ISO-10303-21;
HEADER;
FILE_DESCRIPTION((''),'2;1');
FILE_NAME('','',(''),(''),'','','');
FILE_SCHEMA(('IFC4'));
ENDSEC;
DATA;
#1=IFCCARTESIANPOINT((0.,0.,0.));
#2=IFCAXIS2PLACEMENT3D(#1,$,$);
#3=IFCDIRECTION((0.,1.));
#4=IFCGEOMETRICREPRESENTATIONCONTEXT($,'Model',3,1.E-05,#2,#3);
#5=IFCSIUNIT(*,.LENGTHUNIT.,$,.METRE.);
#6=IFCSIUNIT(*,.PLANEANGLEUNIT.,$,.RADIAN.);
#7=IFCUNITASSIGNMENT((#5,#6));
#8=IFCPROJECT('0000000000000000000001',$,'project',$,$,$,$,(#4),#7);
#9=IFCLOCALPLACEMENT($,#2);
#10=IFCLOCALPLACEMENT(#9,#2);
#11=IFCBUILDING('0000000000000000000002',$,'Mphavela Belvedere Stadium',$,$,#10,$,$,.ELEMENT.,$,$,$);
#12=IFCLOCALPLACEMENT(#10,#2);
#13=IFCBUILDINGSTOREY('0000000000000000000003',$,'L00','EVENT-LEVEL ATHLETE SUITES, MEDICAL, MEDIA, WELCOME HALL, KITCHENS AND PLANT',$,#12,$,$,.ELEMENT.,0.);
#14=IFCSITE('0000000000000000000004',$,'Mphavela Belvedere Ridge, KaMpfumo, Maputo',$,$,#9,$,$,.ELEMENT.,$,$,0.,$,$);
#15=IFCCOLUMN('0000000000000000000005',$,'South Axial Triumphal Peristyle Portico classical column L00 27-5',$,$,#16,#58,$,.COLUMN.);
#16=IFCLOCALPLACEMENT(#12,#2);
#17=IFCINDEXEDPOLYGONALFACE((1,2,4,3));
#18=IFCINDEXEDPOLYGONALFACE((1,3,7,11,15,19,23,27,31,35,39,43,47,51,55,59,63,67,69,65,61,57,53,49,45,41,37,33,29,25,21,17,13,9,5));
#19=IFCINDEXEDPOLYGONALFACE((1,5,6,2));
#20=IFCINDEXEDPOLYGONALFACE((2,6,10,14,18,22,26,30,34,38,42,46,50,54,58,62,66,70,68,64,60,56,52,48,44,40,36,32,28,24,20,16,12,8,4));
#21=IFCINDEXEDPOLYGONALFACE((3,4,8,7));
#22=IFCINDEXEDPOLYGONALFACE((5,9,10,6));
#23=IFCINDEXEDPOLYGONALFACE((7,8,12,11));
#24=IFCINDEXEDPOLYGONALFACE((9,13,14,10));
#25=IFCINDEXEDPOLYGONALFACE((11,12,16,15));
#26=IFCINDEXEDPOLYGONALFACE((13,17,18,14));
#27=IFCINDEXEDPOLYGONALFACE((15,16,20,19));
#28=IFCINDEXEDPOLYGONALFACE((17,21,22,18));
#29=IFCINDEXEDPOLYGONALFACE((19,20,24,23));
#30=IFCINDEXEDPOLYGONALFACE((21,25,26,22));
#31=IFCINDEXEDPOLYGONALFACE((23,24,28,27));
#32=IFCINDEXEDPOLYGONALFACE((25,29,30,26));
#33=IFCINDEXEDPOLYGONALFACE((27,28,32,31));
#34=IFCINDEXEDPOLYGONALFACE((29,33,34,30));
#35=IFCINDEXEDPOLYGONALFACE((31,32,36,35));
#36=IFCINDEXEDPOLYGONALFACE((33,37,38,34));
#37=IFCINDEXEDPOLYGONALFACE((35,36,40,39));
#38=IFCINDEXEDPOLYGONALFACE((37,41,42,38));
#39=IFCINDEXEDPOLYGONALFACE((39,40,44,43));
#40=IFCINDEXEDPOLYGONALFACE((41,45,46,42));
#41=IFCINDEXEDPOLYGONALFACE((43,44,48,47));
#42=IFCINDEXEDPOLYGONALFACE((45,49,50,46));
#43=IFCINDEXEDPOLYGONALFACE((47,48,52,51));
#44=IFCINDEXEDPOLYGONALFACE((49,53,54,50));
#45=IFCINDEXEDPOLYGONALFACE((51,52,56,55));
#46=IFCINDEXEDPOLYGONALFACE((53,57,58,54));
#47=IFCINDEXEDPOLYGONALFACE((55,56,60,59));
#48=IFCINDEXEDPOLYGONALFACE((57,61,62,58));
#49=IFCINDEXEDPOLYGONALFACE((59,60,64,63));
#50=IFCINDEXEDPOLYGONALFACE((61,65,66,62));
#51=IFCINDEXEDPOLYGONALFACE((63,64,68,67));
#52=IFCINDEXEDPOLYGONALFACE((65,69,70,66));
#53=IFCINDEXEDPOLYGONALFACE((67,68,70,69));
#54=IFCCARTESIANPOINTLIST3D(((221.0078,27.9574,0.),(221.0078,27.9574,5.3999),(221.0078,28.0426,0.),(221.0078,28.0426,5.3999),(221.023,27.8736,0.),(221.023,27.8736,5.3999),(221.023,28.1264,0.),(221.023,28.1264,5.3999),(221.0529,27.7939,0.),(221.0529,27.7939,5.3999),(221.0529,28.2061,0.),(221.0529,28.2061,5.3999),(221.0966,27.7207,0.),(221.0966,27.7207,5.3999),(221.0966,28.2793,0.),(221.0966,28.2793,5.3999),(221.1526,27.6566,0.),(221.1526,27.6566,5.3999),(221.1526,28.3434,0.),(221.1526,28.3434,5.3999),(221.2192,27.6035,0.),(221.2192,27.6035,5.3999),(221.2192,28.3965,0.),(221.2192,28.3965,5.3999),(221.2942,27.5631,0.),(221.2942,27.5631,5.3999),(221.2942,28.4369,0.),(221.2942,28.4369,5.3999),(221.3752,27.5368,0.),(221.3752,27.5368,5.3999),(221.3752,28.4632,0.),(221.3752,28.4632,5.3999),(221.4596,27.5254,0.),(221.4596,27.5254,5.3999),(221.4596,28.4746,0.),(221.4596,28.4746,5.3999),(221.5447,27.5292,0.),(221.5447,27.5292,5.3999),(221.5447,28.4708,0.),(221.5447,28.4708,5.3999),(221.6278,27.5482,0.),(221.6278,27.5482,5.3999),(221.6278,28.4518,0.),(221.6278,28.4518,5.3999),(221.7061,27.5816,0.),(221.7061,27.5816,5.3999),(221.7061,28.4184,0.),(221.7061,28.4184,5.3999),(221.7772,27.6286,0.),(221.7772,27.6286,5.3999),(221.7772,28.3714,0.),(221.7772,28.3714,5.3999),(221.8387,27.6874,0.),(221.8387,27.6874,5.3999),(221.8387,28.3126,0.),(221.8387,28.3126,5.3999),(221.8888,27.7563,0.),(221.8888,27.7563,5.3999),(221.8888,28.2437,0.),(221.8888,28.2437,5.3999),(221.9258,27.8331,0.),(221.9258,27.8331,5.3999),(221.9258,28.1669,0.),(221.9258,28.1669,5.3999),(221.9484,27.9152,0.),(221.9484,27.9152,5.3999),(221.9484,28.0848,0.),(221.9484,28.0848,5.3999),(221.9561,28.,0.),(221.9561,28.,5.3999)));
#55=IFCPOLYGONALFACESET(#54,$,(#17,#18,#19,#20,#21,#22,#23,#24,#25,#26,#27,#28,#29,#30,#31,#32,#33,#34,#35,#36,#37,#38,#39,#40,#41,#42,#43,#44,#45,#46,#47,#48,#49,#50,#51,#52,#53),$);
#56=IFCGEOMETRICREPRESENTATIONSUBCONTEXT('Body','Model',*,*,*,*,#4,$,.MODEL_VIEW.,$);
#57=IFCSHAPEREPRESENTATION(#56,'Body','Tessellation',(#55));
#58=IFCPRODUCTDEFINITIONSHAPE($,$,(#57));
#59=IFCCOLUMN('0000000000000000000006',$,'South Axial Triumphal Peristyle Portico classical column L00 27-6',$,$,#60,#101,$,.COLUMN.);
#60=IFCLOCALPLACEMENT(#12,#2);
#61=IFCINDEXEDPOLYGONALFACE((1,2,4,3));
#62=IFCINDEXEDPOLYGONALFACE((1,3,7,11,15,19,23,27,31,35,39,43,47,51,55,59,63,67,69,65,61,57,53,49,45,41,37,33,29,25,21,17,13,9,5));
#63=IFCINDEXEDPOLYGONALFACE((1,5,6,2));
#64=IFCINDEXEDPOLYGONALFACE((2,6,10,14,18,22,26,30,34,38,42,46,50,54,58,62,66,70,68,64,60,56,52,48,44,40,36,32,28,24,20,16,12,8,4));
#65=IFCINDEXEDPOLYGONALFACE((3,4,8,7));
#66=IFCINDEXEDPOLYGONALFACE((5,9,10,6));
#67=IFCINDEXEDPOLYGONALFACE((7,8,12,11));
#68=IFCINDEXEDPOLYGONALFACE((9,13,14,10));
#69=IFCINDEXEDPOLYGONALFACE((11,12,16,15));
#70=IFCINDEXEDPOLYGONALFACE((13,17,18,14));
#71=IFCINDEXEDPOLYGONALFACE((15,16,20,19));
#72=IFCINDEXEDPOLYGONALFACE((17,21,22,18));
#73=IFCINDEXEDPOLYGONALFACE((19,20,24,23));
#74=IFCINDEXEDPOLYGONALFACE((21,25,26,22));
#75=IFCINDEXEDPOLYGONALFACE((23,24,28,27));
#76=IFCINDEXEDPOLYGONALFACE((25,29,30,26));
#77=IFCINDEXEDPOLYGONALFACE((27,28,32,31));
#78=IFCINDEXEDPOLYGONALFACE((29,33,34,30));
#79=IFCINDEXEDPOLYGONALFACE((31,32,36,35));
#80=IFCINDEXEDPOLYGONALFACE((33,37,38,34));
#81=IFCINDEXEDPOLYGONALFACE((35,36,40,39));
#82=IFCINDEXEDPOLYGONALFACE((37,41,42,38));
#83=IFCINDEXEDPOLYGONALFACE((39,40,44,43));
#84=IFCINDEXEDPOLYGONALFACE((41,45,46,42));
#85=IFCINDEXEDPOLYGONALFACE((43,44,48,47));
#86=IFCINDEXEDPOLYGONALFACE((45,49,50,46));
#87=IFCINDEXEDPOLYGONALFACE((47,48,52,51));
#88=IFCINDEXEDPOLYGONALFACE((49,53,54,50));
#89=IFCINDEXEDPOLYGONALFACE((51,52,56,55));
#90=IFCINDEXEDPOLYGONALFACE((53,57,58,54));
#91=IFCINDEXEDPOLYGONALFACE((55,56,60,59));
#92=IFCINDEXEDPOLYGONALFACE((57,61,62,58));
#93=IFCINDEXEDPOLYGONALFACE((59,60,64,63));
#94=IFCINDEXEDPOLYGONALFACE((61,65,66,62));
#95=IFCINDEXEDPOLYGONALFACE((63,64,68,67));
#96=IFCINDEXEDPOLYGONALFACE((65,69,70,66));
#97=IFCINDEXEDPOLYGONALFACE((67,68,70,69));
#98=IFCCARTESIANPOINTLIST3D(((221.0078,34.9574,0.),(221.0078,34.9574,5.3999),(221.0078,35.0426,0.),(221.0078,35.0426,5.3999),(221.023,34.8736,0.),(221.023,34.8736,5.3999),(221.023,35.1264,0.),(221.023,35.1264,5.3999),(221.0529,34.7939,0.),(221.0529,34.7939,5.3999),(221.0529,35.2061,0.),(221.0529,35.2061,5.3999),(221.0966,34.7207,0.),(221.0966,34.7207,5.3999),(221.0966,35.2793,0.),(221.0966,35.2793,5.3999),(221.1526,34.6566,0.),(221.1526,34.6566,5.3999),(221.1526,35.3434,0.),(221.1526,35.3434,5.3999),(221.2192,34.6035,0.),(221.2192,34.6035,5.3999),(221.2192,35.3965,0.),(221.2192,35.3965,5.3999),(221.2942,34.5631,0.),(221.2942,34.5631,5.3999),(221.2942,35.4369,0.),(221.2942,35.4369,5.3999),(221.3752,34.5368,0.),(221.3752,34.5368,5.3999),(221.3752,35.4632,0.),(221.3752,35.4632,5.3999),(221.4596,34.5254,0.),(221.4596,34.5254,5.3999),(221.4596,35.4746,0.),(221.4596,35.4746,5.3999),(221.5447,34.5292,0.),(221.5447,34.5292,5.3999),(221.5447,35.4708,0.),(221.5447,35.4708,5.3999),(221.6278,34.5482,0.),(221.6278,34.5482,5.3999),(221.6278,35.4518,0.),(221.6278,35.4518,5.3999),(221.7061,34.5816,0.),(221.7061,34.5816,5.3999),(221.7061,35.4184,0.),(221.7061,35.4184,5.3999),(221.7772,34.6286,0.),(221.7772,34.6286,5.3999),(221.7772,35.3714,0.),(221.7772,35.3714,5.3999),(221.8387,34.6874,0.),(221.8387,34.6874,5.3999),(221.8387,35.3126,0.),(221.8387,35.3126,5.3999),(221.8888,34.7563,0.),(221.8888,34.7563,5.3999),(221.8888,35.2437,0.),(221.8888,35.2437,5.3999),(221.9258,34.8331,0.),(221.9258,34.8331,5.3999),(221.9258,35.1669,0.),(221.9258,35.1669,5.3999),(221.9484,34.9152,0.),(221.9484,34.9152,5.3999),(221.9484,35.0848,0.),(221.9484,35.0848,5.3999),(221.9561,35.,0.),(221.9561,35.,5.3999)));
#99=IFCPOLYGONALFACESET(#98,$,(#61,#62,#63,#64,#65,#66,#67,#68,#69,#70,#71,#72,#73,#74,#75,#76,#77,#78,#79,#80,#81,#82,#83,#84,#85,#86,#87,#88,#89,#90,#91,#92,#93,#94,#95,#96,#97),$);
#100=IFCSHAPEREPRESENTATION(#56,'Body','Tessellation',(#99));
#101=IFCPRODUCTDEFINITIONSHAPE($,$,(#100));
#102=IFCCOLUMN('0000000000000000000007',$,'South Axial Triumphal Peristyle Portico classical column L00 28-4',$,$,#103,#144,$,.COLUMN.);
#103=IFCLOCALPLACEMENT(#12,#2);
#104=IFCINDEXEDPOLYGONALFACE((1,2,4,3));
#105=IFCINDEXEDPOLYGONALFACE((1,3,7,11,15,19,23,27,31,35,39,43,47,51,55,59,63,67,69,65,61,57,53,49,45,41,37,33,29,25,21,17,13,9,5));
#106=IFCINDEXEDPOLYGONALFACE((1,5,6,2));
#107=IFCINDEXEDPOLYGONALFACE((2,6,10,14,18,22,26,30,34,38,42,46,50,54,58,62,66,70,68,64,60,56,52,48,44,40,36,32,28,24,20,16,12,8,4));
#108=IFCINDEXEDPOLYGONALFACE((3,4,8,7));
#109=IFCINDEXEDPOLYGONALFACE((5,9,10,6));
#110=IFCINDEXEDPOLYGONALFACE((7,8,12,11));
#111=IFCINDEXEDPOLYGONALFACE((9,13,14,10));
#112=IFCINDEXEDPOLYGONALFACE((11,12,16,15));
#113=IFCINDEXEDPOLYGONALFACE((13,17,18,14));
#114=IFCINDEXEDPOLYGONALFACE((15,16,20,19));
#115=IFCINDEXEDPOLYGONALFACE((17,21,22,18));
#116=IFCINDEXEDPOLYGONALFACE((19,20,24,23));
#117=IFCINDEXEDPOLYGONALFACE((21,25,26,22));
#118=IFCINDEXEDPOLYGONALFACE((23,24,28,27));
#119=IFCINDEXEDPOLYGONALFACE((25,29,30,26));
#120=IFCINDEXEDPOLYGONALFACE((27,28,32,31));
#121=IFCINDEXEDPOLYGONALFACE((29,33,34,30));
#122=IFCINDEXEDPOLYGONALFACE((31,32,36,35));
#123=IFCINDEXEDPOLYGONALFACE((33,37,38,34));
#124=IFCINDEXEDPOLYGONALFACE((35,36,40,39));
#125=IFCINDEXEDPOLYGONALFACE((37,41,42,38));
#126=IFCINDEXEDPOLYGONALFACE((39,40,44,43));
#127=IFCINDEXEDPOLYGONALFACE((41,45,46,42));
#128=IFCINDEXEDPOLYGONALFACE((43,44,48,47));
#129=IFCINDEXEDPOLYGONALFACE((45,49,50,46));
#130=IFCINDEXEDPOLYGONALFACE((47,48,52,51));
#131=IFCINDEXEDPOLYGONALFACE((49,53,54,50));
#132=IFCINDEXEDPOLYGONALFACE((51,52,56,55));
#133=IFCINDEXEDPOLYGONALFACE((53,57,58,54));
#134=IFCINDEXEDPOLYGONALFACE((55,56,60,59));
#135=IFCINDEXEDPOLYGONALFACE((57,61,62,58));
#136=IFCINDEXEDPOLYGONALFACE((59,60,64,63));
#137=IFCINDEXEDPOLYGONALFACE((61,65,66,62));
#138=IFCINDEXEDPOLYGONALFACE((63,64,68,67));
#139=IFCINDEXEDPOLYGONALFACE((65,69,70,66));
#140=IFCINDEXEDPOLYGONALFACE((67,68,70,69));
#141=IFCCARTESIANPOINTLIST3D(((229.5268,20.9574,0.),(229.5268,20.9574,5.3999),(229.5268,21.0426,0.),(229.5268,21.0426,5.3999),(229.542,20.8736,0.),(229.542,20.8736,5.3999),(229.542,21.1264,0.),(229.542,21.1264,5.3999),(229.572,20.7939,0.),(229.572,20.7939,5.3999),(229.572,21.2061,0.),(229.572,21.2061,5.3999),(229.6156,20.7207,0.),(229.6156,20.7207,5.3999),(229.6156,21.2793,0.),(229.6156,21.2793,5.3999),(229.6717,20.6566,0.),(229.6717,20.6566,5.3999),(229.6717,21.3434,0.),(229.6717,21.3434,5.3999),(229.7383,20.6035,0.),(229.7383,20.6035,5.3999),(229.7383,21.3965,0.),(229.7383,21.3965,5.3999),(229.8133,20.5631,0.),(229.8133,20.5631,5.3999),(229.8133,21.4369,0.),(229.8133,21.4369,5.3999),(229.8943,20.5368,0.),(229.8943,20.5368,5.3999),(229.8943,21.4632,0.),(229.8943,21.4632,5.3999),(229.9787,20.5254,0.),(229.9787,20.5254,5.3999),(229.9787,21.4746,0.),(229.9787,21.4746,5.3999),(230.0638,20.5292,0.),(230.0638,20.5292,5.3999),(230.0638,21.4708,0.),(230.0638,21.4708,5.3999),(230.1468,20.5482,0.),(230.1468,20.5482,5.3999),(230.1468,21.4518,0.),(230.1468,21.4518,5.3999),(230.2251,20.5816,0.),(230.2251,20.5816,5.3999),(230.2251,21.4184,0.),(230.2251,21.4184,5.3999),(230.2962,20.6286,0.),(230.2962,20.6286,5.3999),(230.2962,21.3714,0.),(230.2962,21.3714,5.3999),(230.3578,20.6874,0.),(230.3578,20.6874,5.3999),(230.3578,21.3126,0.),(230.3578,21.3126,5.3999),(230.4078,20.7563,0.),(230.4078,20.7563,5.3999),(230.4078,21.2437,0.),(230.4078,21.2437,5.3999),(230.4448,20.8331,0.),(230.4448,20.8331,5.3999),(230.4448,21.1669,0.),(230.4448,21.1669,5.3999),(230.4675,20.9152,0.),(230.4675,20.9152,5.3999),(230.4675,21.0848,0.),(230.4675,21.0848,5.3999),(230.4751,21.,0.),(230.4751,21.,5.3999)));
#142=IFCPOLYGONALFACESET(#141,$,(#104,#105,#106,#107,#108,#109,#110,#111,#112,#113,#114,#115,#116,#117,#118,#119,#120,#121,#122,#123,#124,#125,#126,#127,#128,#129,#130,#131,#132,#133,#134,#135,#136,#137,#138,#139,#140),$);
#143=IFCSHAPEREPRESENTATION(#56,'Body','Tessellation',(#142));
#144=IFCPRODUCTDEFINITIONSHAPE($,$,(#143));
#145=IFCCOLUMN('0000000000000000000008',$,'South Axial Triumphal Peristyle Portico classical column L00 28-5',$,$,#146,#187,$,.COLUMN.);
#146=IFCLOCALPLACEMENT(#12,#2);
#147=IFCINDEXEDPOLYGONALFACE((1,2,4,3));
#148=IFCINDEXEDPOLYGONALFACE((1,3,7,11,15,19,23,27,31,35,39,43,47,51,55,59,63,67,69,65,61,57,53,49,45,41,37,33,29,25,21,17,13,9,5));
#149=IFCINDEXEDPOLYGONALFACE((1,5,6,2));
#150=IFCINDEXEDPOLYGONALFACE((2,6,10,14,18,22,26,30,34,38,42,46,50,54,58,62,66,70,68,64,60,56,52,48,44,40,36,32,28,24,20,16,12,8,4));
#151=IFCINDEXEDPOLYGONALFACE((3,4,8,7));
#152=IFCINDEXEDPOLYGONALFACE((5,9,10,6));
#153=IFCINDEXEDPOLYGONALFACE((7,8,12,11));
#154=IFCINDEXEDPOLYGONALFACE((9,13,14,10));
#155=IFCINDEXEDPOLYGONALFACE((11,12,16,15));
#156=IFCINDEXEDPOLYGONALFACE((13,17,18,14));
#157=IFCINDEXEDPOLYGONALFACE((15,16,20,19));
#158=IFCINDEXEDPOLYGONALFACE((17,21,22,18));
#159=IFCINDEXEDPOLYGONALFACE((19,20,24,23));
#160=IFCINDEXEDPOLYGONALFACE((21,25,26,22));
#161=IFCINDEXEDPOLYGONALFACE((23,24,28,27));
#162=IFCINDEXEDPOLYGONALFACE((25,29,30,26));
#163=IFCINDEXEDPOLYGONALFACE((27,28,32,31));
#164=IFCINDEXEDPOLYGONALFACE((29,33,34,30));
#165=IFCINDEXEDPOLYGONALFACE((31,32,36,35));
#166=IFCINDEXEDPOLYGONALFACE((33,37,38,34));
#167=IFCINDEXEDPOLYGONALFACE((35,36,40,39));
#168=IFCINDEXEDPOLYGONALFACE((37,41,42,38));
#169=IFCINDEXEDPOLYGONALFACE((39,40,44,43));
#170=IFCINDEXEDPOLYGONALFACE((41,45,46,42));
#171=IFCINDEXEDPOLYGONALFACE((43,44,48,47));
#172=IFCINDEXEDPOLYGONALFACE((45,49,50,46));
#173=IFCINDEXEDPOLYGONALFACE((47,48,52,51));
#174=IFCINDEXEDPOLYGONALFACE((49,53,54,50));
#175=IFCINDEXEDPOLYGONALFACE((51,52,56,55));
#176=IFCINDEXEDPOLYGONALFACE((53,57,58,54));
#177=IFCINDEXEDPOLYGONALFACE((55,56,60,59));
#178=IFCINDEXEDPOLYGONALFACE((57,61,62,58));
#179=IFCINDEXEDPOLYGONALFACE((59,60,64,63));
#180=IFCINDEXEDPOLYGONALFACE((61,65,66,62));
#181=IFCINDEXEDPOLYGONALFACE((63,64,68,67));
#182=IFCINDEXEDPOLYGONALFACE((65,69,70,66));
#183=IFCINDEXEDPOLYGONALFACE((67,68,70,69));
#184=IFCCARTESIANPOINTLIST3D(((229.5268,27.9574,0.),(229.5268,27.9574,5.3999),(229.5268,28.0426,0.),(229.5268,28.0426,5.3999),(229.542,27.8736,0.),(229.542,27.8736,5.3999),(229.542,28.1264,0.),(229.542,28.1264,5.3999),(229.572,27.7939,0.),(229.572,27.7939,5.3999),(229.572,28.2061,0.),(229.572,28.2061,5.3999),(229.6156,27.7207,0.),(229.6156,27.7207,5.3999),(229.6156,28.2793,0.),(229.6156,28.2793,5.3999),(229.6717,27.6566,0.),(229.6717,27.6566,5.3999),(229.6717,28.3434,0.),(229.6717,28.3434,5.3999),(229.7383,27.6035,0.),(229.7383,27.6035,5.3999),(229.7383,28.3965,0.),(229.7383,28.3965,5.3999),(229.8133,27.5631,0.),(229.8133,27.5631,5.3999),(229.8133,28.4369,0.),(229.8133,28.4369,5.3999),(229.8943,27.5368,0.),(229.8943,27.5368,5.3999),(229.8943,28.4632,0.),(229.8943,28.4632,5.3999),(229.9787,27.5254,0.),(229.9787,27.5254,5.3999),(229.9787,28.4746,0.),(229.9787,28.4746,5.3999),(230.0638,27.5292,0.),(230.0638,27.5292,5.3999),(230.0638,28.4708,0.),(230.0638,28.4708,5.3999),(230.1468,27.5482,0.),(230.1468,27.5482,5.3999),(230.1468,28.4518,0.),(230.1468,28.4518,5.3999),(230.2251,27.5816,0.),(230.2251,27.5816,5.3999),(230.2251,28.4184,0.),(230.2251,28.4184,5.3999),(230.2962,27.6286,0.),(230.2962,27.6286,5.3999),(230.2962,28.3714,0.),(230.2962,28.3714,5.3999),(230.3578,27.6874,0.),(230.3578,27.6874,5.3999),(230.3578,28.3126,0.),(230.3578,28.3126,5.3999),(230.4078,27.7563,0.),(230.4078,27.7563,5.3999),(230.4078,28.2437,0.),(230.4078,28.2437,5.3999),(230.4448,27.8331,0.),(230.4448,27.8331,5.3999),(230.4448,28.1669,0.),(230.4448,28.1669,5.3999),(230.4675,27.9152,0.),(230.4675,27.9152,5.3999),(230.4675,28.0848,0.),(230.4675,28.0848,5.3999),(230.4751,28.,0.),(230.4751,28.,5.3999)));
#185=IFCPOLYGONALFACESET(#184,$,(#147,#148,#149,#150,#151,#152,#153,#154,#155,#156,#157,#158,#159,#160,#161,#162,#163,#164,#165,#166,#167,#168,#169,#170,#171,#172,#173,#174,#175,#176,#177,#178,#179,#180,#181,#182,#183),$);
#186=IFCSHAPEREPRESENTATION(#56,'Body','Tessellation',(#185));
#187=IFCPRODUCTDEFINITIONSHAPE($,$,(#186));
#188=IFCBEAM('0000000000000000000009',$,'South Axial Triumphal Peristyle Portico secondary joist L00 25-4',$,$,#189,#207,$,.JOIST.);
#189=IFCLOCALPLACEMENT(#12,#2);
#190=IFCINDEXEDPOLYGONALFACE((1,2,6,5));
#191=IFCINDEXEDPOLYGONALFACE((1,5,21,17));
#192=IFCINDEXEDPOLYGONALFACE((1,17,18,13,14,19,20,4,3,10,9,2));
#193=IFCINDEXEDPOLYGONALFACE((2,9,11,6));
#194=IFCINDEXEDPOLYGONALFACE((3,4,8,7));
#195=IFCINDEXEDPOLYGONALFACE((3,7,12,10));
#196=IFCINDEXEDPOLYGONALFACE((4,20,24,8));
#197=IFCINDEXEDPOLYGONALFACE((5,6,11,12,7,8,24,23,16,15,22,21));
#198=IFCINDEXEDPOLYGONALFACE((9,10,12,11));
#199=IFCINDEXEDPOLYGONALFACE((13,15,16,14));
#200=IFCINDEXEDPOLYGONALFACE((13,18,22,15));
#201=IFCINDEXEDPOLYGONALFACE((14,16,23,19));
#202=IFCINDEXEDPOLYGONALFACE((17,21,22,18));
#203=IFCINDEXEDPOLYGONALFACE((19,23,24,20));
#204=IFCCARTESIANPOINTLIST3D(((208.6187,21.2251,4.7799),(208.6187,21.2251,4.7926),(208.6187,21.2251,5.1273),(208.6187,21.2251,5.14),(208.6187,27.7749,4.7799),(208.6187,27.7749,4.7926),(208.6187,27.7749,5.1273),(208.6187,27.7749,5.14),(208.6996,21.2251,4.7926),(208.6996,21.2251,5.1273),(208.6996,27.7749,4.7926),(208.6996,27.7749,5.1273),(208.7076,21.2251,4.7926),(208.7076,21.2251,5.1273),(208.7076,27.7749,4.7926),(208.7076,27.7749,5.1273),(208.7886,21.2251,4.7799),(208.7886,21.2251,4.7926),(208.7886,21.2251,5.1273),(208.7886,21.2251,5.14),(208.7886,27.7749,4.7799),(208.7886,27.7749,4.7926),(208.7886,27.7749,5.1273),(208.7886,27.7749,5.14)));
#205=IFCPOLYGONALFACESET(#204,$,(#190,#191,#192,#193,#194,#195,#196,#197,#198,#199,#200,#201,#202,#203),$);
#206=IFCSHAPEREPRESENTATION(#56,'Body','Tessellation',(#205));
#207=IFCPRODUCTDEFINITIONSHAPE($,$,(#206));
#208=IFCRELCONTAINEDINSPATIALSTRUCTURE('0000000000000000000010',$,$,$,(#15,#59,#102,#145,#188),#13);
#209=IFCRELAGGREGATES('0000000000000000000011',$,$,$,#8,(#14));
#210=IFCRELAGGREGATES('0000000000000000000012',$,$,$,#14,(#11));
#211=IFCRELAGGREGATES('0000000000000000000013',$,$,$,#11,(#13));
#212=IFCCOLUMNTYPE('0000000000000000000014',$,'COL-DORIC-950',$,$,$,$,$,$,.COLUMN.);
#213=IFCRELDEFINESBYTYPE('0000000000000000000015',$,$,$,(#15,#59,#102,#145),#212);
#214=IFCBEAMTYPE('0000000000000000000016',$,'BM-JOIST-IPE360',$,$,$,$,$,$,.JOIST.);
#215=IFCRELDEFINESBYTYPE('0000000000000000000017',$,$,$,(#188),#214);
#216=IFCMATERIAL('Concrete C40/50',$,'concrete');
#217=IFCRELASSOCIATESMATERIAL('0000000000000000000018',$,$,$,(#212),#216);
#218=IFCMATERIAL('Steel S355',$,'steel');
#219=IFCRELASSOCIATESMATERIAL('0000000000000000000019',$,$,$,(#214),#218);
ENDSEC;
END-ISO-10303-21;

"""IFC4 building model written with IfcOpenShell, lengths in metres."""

from ifc_helpers import new_model, si_unit, direction, frame, origin, origin_2d, place, context, subcontext, project, spatial, circle, i_section, extrude, material, material_profile, profile_set, type_object, element, save


model = new_model("IFC4")

# Units and contexts
model_context = context("Model", 3, precision=1e-05, world=origin(), true_north=direction((0.0, 1.0)))
body_context = subcontext(model_context, "Body", "Model", "MODEL_VIEW")
ifc_project = project(units=[si_unit("LENGTHUNIT", "METRE"), si_unit("PLANEANGLEUNIT", "RADIAN")], contexts=[model_context])

# Site, building, storey
site_placement = place(None, origin())
site = spatial("IfcSite", under=ifc_project, at=site_placement, Name="Mphavela Belvedere Ridge, KaMpfumo, Maputo", CompositionType="ELEMENT", RefElevation=0.0)
building_placement = place(site_placement, origin())
building = spatial("IfcBuilding", under=site, at=building_placement, Name="Mphavela Belvedere Stadium", CompositionType="ELEMENT")
storey_placement = place(building_placement, origin())
storey = spatial("IfcBuildingStorey", under=building, at=storey_placement, Name="L00", Description="EVENT-LEVEL ATHLETE SUITES, MEDICAL, MEDIA, WELCOME HALL, KITCHENS AND PLANT", CompositionType="ELEMENT", Elevation=0.0)

# Columns
ifc_material_1 = material(Name="Concrete C40/50", Category="concrete")
ifc_material_profile_1 = material_profile(ifc_material_1, circle(Radius=0.4751, at=origin_2d()), Name="COL D950")
ifc_profile_set_1 = profile_set([ifc_material_profile_1], Name="Concrete C40/50")
column_type = type_object("IfcColumnType", Name="COL-DORIC-950", PredefinedType="COLUMN", material=ifc_profile_set_1)
for number, where, z_axis, x_axis, name in (
    (1, (221.481, 28.0, 0.0), (0.0, 0.0, 1.0), (1.0, 0.0, 0.0), "South Axial Triumphal Peristyle Portico classical column L00 27-5"),
    (2, (221.481, 35.0, 0.0), (0.0, 0.0, 1.0), (1.0, 0.0, 0.0), "South Axial Triumphal Peristyle Portico classical column L00 27-6"),
    (3, (230.0, 21.0, 0.0), (0.0, 0.0, 1.0), (1.0, 0.0, 0.0), "South Axial Triumphal Peristyle Portico classical column L00 28-4"),
    (4, (230.0, 28.0, 0.0), (0.0, 0.0, 1.0), (1.0, 0.0, 0.0), "South Axial Triumphal Peristyle Portico classical column L00 28-5"),
):
    element("IfcColumn", number, at=place(storey_placement, frame(where, z_axis=z_axis, x_axis=x_axis)), inside=storey, type_object=column_type, Name=name, PredefinedType="COLUMN", context=body_context, shape_type="SweptSolid", body=[
        extrude(circle(Radius=0.4751, at=origin_2d()), origin(), (0.0, 0.0, 1.0), 5.3999),
    ])

# Beam
ifc_material_2 = material(Name="Steel S355", Category="steel")
ifc_material_profile_2 = material_profile(ifc_material_2, i_section(OverallWidth=0.1699, OverallDepth=0.3601, WebThickness=0.0081, FlangeThickness=0.0127, at=origin_2d()), Name="IPE 360")
ifc_profile_set_2 = profile_set([ifc_material_profile_2], Name="Steel S355")
beam_type_1 = type_object("IfcBeamType", Name="BM-JOIST-IPE360", PredefinedType="JOIST", material=ifc_profile_set_2)
for number, where, z_axis, x_axis, name in (
    (5, (208.7036, 21.2251, 4.96), (0.0, 1.0, 0.0), (-1.0, 0.0, 0.0), "South Axial Triumphal Peristyle Portico secondary joist L00 25-4"),
):
    element("IfcBeam", number, at=place(storey_placement, frame(where, z_axis=z_axis, x_axis=x_axis)), inside=storey, type_object=beam_type_1, Name=name, PredefinedType="JOIST", context=body_context, shape_type="SweptSolid", body=[
        extrude(i_section(OverallWidth=0.1699, OverallDepth=0.3601, WebThickness=0.0081, FlangeThickness=0.0127, at=origin_2d()), origin(), (0.0, 0.0, 1.0), 6.5498),
    ])

save(model, "model.ifc")
